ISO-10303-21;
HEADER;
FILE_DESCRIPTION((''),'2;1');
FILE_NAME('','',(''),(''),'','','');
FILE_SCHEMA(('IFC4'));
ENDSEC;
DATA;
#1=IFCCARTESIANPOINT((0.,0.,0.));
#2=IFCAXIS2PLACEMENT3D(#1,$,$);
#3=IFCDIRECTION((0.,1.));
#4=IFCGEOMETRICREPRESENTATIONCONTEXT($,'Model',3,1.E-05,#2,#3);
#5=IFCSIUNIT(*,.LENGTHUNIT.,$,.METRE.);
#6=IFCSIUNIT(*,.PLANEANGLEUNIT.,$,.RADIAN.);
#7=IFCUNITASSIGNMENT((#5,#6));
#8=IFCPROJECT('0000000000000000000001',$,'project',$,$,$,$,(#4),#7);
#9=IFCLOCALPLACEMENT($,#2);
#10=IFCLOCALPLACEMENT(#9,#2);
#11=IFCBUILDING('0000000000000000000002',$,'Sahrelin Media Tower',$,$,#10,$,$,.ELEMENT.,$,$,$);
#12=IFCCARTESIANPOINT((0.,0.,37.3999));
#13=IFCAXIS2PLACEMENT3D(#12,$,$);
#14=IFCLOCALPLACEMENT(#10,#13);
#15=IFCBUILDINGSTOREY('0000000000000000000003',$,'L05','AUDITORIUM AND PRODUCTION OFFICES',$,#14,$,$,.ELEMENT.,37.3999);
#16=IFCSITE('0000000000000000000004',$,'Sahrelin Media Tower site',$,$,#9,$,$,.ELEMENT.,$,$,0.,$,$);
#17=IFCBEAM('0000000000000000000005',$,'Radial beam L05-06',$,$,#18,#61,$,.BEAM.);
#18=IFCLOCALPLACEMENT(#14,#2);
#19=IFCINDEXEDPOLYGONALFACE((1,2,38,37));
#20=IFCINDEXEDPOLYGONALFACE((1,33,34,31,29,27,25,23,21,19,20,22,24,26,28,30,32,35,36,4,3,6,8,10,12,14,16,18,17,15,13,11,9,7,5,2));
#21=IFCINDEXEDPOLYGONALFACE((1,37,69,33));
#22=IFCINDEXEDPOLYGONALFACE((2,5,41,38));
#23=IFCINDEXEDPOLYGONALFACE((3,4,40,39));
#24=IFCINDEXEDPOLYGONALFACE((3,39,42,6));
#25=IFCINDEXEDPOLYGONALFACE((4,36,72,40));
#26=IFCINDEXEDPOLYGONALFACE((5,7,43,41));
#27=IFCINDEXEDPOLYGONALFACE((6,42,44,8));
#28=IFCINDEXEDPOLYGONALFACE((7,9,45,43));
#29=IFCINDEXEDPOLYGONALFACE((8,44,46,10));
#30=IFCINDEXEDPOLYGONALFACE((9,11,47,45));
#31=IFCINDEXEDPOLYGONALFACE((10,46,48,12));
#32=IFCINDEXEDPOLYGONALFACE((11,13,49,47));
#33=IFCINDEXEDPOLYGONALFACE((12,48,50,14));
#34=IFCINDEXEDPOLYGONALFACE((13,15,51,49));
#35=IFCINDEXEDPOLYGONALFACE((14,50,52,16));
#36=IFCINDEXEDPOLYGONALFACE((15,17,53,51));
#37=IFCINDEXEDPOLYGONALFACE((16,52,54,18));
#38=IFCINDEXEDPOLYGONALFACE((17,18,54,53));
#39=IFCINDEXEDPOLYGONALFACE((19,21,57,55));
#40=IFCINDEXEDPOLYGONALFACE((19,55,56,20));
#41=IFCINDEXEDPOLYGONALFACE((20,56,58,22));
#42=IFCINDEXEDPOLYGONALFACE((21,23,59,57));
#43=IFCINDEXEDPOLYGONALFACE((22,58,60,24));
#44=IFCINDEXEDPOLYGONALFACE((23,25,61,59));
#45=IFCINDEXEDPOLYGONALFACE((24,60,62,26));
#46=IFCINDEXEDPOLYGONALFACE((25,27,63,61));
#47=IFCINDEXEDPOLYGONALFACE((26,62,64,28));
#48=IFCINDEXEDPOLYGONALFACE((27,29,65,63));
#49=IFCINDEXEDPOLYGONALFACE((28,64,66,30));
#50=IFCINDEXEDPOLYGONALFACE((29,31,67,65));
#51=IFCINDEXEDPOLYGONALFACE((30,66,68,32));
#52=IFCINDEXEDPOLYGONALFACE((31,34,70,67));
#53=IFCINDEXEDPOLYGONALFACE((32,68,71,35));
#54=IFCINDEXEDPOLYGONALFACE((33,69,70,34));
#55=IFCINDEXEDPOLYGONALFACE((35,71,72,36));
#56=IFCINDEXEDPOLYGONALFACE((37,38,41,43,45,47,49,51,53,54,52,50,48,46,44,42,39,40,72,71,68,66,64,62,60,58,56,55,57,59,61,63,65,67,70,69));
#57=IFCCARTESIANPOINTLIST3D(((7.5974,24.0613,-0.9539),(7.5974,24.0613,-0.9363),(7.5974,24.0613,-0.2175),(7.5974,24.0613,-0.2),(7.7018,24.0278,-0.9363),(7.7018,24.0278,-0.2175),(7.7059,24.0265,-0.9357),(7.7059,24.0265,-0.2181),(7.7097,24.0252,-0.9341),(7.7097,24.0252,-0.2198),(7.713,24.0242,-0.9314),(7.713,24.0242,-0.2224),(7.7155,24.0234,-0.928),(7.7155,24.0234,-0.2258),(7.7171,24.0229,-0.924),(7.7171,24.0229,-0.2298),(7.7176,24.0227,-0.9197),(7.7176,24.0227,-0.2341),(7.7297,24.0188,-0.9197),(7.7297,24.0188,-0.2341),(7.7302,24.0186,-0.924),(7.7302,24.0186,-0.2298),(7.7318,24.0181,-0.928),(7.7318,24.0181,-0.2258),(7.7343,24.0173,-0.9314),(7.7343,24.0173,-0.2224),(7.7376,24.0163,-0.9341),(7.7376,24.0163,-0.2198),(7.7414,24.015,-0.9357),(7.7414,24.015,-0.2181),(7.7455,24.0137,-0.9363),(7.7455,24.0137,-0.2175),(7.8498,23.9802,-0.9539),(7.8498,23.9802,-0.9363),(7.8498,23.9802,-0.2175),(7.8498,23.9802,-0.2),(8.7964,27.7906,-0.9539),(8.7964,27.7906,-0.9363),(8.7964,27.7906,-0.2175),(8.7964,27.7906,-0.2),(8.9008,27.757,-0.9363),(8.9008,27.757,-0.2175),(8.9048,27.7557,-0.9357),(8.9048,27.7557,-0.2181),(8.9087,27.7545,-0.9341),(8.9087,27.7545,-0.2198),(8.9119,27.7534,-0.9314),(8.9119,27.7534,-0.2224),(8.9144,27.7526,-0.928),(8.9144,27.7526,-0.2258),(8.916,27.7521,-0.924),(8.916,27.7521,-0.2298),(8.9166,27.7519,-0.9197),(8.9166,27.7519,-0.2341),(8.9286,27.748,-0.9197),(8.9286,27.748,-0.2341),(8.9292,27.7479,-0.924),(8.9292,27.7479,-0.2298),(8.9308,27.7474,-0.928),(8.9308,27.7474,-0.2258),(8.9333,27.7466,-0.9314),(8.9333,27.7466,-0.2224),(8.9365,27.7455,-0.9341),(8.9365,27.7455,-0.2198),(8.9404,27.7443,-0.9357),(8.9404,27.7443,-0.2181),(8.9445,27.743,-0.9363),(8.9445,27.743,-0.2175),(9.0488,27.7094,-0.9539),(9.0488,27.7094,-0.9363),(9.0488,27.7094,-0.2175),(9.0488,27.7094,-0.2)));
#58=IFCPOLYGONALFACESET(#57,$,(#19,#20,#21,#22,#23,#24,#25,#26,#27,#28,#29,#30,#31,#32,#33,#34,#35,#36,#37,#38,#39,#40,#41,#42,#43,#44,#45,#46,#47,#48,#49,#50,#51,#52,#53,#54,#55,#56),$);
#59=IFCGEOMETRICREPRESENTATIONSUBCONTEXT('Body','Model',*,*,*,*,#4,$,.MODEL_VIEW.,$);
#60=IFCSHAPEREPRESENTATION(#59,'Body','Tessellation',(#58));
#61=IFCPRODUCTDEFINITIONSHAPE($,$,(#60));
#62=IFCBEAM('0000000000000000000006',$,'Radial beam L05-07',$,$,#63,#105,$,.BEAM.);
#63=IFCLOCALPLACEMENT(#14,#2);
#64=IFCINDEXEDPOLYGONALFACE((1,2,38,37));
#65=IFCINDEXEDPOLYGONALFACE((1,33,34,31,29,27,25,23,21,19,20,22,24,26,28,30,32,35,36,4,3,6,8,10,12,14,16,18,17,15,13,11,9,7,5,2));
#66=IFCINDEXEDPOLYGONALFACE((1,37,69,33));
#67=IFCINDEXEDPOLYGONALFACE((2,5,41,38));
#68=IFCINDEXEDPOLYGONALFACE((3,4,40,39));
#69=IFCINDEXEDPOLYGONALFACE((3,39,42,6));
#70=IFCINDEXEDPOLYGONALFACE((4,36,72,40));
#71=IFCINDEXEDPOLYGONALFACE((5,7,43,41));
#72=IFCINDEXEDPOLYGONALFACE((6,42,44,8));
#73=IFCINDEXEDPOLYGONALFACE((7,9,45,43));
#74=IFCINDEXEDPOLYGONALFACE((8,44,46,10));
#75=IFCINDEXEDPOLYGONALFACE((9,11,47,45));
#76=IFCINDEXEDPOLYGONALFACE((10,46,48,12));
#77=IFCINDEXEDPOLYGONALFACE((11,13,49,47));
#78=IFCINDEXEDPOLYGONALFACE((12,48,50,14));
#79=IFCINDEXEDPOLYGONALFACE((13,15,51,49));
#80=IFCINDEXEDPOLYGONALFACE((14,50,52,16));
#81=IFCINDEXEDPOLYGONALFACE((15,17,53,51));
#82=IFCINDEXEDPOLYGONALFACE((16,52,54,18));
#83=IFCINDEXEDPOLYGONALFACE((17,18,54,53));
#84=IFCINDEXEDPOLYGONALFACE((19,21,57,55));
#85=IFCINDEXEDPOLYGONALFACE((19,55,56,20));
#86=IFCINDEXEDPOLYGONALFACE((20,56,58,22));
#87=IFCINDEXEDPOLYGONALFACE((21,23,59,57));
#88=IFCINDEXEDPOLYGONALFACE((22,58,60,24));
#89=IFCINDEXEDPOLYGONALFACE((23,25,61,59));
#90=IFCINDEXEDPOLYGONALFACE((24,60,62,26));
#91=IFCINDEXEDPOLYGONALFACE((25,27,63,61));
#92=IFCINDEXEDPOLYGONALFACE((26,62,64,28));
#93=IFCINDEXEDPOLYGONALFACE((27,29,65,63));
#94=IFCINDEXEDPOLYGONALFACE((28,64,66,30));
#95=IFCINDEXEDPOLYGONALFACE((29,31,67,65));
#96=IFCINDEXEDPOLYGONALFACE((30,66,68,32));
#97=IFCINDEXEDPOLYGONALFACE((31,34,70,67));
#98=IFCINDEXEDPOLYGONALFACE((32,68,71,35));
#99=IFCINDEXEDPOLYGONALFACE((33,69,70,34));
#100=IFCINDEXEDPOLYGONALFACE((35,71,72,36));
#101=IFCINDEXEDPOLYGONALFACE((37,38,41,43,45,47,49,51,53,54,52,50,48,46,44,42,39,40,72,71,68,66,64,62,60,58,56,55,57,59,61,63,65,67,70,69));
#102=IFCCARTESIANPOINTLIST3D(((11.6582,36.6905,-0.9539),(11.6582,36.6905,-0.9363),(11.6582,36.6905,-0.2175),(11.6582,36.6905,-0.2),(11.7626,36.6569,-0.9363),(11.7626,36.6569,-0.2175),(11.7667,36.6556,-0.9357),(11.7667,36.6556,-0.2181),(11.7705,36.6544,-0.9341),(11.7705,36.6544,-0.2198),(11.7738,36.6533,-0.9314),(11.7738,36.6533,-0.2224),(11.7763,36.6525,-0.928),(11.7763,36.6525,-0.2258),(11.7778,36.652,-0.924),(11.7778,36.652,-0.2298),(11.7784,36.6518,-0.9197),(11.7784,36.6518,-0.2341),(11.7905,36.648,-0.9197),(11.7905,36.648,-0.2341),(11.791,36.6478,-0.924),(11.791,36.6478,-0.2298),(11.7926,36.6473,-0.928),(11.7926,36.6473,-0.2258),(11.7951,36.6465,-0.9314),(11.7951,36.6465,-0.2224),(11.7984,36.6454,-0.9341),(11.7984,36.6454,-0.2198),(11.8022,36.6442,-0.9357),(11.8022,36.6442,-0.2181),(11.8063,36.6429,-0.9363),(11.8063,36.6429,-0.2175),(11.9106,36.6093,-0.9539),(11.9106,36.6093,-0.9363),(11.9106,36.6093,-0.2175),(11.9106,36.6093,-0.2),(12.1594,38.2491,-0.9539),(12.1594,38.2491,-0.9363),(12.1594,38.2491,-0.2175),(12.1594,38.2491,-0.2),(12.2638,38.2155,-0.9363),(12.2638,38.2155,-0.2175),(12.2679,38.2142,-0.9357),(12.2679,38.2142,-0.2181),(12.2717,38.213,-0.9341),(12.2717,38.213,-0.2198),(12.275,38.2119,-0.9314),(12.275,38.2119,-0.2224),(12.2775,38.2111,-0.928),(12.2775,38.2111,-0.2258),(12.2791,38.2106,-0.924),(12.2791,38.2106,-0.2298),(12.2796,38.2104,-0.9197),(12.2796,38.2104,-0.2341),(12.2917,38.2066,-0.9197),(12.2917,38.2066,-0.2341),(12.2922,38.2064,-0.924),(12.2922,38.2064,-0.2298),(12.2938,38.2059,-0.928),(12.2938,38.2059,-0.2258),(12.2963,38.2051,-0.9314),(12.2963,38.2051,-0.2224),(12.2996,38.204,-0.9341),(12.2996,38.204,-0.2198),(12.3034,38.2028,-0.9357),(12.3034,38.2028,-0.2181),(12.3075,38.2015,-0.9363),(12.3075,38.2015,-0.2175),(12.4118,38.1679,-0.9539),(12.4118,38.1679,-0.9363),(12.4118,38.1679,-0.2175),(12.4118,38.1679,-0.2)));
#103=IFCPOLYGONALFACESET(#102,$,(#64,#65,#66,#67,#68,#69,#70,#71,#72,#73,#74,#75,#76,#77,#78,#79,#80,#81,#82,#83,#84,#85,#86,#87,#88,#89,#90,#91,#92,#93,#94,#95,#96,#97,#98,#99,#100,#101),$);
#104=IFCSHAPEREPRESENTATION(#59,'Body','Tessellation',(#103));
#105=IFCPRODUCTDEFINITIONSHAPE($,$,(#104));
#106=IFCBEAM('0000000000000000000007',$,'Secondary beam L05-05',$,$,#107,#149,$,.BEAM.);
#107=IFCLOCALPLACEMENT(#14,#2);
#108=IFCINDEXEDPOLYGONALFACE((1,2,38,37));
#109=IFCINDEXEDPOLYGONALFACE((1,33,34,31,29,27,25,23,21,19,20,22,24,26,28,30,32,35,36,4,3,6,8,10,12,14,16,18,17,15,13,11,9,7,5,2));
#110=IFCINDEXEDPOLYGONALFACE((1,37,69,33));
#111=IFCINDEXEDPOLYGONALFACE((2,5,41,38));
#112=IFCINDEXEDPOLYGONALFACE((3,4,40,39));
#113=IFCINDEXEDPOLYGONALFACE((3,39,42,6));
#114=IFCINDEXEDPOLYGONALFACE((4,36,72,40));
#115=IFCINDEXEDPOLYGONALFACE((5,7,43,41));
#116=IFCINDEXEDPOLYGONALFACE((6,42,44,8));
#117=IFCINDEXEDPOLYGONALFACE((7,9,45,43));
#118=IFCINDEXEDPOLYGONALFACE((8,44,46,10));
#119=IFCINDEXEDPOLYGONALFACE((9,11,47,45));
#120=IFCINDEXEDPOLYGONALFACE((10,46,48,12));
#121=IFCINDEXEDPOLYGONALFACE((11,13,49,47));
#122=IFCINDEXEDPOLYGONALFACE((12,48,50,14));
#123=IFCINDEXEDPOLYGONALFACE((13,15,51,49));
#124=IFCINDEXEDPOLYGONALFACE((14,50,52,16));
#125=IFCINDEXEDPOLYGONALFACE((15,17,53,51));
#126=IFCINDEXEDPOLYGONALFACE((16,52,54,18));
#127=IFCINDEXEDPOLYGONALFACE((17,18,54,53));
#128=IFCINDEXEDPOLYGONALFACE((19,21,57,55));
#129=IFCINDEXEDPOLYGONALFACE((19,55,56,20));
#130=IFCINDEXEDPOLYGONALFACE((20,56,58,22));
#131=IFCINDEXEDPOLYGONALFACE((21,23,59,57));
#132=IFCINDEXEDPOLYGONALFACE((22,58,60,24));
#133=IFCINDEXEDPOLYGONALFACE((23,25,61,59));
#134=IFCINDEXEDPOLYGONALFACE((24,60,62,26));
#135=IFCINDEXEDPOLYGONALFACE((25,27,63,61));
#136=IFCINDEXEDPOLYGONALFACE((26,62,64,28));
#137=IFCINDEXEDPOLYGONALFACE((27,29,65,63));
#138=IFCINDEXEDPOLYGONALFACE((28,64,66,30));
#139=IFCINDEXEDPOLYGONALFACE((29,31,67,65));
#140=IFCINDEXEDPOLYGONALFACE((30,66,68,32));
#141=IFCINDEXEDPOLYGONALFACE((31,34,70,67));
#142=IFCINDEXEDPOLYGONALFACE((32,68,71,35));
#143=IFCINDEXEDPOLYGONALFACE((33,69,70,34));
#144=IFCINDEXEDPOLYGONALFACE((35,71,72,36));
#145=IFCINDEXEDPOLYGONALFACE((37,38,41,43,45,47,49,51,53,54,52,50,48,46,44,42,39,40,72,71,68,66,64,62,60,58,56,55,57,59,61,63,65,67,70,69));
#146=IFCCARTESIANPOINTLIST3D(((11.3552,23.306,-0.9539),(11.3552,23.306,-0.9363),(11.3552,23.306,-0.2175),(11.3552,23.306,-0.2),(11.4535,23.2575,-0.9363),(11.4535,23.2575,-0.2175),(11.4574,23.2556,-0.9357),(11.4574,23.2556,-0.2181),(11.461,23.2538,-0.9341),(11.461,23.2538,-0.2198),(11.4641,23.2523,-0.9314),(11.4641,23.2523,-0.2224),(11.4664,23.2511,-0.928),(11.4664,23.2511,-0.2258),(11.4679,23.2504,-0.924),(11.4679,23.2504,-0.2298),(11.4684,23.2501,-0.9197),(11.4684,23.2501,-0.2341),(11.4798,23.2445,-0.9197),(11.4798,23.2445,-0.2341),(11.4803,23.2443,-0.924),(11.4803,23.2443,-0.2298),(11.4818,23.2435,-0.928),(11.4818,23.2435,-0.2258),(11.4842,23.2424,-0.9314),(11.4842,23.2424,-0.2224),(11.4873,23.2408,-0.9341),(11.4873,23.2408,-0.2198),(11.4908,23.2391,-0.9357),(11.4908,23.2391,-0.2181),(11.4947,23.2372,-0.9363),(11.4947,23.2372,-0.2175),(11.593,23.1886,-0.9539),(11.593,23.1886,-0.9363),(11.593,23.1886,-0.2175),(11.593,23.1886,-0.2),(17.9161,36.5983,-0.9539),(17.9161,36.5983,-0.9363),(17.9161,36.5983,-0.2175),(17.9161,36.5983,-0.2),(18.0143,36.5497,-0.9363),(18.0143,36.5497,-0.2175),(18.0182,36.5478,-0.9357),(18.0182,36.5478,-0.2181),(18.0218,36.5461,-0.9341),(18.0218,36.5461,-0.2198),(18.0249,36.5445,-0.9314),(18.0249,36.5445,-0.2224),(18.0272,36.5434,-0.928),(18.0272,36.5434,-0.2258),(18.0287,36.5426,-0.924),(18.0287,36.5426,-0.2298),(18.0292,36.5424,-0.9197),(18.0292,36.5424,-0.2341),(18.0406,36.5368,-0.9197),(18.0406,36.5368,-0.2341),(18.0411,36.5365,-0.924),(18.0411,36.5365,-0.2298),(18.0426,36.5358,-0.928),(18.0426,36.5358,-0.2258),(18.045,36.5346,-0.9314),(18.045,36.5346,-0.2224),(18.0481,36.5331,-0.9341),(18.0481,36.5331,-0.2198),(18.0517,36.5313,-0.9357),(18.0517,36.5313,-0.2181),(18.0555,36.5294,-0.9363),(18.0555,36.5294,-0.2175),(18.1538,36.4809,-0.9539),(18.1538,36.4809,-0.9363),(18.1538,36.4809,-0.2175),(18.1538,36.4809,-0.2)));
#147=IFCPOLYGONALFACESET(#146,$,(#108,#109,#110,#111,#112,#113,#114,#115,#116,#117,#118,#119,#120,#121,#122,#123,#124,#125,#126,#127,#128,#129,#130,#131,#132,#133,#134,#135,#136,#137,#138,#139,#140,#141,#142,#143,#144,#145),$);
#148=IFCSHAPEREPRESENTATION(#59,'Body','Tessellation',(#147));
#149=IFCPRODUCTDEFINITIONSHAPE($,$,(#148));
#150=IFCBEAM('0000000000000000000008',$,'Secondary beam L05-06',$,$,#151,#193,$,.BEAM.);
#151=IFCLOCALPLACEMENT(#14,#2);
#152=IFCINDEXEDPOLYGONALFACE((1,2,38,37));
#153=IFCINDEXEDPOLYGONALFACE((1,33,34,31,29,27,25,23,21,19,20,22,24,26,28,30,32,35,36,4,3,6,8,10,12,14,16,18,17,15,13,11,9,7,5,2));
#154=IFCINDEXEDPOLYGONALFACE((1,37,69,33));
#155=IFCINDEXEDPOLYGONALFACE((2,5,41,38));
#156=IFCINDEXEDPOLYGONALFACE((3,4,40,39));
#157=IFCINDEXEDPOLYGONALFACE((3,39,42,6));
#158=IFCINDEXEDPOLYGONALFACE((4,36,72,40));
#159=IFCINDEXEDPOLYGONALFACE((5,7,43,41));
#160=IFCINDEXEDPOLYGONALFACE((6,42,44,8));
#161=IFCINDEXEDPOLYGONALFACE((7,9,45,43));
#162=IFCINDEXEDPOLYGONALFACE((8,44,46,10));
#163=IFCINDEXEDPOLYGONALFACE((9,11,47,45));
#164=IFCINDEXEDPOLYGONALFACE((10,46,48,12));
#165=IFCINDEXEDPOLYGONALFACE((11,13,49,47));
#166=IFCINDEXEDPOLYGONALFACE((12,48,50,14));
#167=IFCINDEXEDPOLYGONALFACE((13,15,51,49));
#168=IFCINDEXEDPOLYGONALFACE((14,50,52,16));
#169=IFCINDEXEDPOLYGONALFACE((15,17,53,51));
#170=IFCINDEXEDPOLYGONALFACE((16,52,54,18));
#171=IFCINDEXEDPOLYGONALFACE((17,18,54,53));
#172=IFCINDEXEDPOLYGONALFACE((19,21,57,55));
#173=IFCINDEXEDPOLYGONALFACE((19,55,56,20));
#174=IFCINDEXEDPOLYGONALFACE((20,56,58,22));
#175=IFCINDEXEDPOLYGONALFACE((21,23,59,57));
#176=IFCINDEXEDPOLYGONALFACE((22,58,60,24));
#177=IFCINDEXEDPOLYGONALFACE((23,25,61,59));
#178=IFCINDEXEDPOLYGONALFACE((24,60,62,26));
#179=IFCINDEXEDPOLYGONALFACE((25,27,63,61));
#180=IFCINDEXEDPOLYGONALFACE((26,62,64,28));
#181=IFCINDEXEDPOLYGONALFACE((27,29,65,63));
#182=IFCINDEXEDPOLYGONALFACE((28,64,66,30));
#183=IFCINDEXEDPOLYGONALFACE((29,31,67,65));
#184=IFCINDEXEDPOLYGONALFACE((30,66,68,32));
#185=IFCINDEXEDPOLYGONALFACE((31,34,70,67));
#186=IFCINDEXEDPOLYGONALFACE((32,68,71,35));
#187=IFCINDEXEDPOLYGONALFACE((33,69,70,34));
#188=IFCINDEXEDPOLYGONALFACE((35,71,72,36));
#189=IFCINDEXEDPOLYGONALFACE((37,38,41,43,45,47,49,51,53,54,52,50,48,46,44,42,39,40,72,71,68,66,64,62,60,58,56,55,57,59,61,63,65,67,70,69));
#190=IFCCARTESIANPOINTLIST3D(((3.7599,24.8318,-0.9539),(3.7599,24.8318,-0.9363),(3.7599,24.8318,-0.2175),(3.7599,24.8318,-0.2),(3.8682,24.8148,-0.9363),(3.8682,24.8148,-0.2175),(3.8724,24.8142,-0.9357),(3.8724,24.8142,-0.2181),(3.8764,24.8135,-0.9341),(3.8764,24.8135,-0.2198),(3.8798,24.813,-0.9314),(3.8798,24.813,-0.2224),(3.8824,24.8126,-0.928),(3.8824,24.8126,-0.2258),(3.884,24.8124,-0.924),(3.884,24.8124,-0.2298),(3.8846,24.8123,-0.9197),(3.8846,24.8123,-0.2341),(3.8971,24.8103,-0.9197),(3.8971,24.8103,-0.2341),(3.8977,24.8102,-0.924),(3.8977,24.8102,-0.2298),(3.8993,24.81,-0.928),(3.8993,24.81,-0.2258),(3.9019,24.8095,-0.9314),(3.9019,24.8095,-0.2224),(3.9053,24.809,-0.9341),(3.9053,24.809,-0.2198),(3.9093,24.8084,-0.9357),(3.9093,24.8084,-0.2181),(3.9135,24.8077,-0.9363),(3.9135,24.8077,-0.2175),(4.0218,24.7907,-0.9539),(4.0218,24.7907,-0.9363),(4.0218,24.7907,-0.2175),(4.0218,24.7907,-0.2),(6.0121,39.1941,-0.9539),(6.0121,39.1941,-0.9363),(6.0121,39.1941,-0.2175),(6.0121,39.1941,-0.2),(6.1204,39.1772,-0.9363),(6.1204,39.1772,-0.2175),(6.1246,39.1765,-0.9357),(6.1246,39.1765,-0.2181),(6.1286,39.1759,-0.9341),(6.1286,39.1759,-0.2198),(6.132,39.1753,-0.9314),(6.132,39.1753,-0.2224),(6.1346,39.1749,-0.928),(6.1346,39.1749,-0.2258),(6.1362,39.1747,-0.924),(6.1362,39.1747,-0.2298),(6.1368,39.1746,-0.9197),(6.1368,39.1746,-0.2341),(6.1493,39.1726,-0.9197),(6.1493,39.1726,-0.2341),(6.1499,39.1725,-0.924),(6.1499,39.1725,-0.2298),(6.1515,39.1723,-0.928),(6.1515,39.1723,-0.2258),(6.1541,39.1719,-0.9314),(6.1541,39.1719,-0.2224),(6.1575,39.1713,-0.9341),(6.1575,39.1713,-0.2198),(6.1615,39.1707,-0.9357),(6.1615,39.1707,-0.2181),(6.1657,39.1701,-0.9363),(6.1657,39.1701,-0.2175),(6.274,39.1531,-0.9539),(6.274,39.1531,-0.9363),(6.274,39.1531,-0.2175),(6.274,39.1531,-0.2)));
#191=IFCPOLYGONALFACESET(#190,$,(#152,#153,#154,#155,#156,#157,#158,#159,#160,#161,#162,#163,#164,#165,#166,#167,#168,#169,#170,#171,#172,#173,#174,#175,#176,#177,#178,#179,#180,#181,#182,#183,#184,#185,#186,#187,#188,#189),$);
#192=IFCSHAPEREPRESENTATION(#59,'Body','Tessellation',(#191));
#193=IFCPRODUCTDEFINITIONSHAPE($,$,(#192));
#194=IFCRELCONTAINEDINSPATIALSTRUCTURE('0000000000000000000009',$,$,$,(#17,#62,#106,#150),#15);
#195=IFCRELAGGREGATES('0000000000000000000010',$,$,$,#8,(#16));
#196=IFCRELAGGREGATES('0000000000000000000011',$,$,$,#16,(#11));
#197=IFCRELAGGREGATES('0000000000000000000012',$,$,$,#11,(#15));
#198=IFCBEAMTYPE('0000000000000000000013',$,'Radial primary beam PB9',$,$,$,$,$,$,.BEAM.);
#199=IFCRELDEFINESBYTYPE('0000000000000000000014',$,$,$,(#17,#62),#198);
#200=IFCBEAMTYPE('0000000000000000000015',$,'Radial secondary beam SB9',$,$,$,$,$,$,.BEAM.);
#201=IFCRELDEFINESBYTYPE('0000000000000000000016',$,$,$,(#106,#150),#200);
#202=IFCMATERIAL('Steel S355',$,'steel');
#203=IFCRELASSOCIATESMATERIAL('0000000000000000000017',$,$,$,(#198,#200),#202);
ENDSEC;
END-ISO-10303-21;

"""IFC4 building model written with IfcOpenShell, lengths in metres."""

from ifc_helpers import new_model, si_unit, direction, frame, origin, origin_2d, place, context, subcontext, project, spatial, i_section, extrude, material, material_profile, profile_set, type_object, element, save


model = new_model("IFC4")

# Units and contexts
model_context = context("Model", 3, precision=1e-05, world=origin(), true_north=direction((0.0, 1.0)))
body_context = subcontext(model_context, "Body", "Model", "MODEL_VIEW")
ifc_project = project(units=[si_unit("LENGTHUNIT", "METRE"), si_unit("PLANEANGLEUNIT", "RADIAN")], contexts=[model_context])

# Site, building, storey
site_placement = place(None, origin())
site = spatial("IfcSite", under=ifc_project, at=site_placement, Name="Sahrelin Media Tower site", CompositionType="ELEMENT", RefElevation=0.0)
building_placement = place(site_placement, origin())
building = spatial("IfcBuilding", under=site, at=building_placement, Name="Sahrelin Media Tower", CompositionType="ELEMENT")
storey_placement = place(building_placement, frame((0.0, 0.0, 37.3999)))
storey = spatial("IfcBuildingStorey", under=building, at=storey_placement, Name="L05", Description="AUDITORIUM AND PRODUCTION OFFICES", CompositionType="ELEMENT", Elevation=37.3999)

# Shared definitions
ifc_material_1 = material(Name="Steel S355", Category="steel")

# Beams
ifc_material_profile_1 = material_profile(ifc_material_1, i_section(OverallWidth=0.2651, OverallDepth=0.7539, WebThickness=0.0127, FlangeThickness=0.0176, FilletRadius=0.0166, at=origin_2d()), Name="UB 762x267x147")
ifc_profile_set_1 = profile_set([ifc_material_profile_1], Name="Steel S355")
beam_type_1 = type_object("IfcBeamType", Name="Radial primary beam PB9", PredefinedType="BEAM", material=ifc_profile_set_1)
beam_1_placement = place(storey_placement, frame((7.7236, 24.0208, -0.5769), z_axis=(0.306076, 0.952007, 0.0), x_axis=(-0.952007, 0.306076, 0.0)))
element("IfcBeam", 1, at=beam_1_placement, inside=storey, type_object=beam_type_1, Name="Radial beam L05-06", PredefinedType="BEAM", context=body_context, shape_type="SweptSolid", body=[
    extrude(i_section(OverallWidth=0.2651, OverallDepth=0.7539, WebThickness=0.0127, FlangeThickness=0.0176, FilletRadius=0.0166, at=origin_2d()), origin(), (0.0, 0.0, 1.0), 3.9172),
])
beam_2_placement = place(storey_placement, frame((11.7844, 36.6499, -0.5769), z_axis=(0.306144, 0.951985, 0.0), x_axis=(-0.951985, 0.306144, 0.0)))
element("IfcBeam", 2, at=beam_2_placement, inside=storey, type_object=beam_type_1, Name="Radial beam L05-07", PredefinedType="BEAM", context=body_context, shape_type="SweptSolid", body=[
    extrude(i_section(OverallWidth=0.2651, OverallDepth=0.7539, WebThickness=0.0127, FlangeThickness=0.0176, FilletRadius=0.0166, at=origin_2d()), origin(), (0.0, 0.0, 1.0), 1.6372),
])
ifc_material_profile_2 = material_profile(ifc_material_1, i_section(OverallWidth=0.2651, OverallDepth=0.7539, WebThickness=0.0127, FlangeThickness=0.0176, FilletRadius=0.0166, at=origin_2d()), Name="UB 762x267x147")
ifc_profile_set_2 = profile_set([ifc_material_profile_2], Name="Steel S355")
beam_type_2 = type_object("IfcBeamType", Name="Radial secondary beam SB9", PredefinedType="BEAM", material=ifc_profile_set_2)
beam_3_placement = place(storey_placement, frame((11.4741, 23.2473, -0.5769), z_axis=(0.442603, 0.896718, 0.0), x_axis=(-0.896718, 0.442603, 0.0)))
element("IfcBeam", 3, at=beam_3_placement, inside=storey, type_object=beam_type_2, Name="Secondary beam L05-05", PredefinedType="BEAM", context=body_context, shape_type="SweptSolid", body=[
    extrude(i_section(OverallWidth=0.2651, OverallDepth=0.7539, WebThickness=0.0127, FlangeThickness=0.0176, FilletRadius=0.0166, at=origin_2d()), origin(), (0.0, 0.0, 1.0), 14.8232),
])
beam_4_placement = place(storey_placement, frame((3.8909, 24.8113, -0.5769), z_axis=(0.15492, 0.987927, 0.0), x_axis=(-0.987927, 0.15492, 0.0)))
element("IfcBeam", 4, at=beam_4_placement, inside=storey, type_object=beam_type_2, Name="Secondary beam L05-06", PredefinedType="BEAM", context=body_context, shape_type="SweptSolid", body=[
    extrude(i_section(OverallWidth=0.2651, OverallDepth=0.7539, WebThickness=0.0127, FlangeThickness=0.0176, FilletRadius=0.0166, at=origin_2d()), origin(), (0.0, 0.0, 1.0), 14.5378),
])

save(model, "model.ifc")
